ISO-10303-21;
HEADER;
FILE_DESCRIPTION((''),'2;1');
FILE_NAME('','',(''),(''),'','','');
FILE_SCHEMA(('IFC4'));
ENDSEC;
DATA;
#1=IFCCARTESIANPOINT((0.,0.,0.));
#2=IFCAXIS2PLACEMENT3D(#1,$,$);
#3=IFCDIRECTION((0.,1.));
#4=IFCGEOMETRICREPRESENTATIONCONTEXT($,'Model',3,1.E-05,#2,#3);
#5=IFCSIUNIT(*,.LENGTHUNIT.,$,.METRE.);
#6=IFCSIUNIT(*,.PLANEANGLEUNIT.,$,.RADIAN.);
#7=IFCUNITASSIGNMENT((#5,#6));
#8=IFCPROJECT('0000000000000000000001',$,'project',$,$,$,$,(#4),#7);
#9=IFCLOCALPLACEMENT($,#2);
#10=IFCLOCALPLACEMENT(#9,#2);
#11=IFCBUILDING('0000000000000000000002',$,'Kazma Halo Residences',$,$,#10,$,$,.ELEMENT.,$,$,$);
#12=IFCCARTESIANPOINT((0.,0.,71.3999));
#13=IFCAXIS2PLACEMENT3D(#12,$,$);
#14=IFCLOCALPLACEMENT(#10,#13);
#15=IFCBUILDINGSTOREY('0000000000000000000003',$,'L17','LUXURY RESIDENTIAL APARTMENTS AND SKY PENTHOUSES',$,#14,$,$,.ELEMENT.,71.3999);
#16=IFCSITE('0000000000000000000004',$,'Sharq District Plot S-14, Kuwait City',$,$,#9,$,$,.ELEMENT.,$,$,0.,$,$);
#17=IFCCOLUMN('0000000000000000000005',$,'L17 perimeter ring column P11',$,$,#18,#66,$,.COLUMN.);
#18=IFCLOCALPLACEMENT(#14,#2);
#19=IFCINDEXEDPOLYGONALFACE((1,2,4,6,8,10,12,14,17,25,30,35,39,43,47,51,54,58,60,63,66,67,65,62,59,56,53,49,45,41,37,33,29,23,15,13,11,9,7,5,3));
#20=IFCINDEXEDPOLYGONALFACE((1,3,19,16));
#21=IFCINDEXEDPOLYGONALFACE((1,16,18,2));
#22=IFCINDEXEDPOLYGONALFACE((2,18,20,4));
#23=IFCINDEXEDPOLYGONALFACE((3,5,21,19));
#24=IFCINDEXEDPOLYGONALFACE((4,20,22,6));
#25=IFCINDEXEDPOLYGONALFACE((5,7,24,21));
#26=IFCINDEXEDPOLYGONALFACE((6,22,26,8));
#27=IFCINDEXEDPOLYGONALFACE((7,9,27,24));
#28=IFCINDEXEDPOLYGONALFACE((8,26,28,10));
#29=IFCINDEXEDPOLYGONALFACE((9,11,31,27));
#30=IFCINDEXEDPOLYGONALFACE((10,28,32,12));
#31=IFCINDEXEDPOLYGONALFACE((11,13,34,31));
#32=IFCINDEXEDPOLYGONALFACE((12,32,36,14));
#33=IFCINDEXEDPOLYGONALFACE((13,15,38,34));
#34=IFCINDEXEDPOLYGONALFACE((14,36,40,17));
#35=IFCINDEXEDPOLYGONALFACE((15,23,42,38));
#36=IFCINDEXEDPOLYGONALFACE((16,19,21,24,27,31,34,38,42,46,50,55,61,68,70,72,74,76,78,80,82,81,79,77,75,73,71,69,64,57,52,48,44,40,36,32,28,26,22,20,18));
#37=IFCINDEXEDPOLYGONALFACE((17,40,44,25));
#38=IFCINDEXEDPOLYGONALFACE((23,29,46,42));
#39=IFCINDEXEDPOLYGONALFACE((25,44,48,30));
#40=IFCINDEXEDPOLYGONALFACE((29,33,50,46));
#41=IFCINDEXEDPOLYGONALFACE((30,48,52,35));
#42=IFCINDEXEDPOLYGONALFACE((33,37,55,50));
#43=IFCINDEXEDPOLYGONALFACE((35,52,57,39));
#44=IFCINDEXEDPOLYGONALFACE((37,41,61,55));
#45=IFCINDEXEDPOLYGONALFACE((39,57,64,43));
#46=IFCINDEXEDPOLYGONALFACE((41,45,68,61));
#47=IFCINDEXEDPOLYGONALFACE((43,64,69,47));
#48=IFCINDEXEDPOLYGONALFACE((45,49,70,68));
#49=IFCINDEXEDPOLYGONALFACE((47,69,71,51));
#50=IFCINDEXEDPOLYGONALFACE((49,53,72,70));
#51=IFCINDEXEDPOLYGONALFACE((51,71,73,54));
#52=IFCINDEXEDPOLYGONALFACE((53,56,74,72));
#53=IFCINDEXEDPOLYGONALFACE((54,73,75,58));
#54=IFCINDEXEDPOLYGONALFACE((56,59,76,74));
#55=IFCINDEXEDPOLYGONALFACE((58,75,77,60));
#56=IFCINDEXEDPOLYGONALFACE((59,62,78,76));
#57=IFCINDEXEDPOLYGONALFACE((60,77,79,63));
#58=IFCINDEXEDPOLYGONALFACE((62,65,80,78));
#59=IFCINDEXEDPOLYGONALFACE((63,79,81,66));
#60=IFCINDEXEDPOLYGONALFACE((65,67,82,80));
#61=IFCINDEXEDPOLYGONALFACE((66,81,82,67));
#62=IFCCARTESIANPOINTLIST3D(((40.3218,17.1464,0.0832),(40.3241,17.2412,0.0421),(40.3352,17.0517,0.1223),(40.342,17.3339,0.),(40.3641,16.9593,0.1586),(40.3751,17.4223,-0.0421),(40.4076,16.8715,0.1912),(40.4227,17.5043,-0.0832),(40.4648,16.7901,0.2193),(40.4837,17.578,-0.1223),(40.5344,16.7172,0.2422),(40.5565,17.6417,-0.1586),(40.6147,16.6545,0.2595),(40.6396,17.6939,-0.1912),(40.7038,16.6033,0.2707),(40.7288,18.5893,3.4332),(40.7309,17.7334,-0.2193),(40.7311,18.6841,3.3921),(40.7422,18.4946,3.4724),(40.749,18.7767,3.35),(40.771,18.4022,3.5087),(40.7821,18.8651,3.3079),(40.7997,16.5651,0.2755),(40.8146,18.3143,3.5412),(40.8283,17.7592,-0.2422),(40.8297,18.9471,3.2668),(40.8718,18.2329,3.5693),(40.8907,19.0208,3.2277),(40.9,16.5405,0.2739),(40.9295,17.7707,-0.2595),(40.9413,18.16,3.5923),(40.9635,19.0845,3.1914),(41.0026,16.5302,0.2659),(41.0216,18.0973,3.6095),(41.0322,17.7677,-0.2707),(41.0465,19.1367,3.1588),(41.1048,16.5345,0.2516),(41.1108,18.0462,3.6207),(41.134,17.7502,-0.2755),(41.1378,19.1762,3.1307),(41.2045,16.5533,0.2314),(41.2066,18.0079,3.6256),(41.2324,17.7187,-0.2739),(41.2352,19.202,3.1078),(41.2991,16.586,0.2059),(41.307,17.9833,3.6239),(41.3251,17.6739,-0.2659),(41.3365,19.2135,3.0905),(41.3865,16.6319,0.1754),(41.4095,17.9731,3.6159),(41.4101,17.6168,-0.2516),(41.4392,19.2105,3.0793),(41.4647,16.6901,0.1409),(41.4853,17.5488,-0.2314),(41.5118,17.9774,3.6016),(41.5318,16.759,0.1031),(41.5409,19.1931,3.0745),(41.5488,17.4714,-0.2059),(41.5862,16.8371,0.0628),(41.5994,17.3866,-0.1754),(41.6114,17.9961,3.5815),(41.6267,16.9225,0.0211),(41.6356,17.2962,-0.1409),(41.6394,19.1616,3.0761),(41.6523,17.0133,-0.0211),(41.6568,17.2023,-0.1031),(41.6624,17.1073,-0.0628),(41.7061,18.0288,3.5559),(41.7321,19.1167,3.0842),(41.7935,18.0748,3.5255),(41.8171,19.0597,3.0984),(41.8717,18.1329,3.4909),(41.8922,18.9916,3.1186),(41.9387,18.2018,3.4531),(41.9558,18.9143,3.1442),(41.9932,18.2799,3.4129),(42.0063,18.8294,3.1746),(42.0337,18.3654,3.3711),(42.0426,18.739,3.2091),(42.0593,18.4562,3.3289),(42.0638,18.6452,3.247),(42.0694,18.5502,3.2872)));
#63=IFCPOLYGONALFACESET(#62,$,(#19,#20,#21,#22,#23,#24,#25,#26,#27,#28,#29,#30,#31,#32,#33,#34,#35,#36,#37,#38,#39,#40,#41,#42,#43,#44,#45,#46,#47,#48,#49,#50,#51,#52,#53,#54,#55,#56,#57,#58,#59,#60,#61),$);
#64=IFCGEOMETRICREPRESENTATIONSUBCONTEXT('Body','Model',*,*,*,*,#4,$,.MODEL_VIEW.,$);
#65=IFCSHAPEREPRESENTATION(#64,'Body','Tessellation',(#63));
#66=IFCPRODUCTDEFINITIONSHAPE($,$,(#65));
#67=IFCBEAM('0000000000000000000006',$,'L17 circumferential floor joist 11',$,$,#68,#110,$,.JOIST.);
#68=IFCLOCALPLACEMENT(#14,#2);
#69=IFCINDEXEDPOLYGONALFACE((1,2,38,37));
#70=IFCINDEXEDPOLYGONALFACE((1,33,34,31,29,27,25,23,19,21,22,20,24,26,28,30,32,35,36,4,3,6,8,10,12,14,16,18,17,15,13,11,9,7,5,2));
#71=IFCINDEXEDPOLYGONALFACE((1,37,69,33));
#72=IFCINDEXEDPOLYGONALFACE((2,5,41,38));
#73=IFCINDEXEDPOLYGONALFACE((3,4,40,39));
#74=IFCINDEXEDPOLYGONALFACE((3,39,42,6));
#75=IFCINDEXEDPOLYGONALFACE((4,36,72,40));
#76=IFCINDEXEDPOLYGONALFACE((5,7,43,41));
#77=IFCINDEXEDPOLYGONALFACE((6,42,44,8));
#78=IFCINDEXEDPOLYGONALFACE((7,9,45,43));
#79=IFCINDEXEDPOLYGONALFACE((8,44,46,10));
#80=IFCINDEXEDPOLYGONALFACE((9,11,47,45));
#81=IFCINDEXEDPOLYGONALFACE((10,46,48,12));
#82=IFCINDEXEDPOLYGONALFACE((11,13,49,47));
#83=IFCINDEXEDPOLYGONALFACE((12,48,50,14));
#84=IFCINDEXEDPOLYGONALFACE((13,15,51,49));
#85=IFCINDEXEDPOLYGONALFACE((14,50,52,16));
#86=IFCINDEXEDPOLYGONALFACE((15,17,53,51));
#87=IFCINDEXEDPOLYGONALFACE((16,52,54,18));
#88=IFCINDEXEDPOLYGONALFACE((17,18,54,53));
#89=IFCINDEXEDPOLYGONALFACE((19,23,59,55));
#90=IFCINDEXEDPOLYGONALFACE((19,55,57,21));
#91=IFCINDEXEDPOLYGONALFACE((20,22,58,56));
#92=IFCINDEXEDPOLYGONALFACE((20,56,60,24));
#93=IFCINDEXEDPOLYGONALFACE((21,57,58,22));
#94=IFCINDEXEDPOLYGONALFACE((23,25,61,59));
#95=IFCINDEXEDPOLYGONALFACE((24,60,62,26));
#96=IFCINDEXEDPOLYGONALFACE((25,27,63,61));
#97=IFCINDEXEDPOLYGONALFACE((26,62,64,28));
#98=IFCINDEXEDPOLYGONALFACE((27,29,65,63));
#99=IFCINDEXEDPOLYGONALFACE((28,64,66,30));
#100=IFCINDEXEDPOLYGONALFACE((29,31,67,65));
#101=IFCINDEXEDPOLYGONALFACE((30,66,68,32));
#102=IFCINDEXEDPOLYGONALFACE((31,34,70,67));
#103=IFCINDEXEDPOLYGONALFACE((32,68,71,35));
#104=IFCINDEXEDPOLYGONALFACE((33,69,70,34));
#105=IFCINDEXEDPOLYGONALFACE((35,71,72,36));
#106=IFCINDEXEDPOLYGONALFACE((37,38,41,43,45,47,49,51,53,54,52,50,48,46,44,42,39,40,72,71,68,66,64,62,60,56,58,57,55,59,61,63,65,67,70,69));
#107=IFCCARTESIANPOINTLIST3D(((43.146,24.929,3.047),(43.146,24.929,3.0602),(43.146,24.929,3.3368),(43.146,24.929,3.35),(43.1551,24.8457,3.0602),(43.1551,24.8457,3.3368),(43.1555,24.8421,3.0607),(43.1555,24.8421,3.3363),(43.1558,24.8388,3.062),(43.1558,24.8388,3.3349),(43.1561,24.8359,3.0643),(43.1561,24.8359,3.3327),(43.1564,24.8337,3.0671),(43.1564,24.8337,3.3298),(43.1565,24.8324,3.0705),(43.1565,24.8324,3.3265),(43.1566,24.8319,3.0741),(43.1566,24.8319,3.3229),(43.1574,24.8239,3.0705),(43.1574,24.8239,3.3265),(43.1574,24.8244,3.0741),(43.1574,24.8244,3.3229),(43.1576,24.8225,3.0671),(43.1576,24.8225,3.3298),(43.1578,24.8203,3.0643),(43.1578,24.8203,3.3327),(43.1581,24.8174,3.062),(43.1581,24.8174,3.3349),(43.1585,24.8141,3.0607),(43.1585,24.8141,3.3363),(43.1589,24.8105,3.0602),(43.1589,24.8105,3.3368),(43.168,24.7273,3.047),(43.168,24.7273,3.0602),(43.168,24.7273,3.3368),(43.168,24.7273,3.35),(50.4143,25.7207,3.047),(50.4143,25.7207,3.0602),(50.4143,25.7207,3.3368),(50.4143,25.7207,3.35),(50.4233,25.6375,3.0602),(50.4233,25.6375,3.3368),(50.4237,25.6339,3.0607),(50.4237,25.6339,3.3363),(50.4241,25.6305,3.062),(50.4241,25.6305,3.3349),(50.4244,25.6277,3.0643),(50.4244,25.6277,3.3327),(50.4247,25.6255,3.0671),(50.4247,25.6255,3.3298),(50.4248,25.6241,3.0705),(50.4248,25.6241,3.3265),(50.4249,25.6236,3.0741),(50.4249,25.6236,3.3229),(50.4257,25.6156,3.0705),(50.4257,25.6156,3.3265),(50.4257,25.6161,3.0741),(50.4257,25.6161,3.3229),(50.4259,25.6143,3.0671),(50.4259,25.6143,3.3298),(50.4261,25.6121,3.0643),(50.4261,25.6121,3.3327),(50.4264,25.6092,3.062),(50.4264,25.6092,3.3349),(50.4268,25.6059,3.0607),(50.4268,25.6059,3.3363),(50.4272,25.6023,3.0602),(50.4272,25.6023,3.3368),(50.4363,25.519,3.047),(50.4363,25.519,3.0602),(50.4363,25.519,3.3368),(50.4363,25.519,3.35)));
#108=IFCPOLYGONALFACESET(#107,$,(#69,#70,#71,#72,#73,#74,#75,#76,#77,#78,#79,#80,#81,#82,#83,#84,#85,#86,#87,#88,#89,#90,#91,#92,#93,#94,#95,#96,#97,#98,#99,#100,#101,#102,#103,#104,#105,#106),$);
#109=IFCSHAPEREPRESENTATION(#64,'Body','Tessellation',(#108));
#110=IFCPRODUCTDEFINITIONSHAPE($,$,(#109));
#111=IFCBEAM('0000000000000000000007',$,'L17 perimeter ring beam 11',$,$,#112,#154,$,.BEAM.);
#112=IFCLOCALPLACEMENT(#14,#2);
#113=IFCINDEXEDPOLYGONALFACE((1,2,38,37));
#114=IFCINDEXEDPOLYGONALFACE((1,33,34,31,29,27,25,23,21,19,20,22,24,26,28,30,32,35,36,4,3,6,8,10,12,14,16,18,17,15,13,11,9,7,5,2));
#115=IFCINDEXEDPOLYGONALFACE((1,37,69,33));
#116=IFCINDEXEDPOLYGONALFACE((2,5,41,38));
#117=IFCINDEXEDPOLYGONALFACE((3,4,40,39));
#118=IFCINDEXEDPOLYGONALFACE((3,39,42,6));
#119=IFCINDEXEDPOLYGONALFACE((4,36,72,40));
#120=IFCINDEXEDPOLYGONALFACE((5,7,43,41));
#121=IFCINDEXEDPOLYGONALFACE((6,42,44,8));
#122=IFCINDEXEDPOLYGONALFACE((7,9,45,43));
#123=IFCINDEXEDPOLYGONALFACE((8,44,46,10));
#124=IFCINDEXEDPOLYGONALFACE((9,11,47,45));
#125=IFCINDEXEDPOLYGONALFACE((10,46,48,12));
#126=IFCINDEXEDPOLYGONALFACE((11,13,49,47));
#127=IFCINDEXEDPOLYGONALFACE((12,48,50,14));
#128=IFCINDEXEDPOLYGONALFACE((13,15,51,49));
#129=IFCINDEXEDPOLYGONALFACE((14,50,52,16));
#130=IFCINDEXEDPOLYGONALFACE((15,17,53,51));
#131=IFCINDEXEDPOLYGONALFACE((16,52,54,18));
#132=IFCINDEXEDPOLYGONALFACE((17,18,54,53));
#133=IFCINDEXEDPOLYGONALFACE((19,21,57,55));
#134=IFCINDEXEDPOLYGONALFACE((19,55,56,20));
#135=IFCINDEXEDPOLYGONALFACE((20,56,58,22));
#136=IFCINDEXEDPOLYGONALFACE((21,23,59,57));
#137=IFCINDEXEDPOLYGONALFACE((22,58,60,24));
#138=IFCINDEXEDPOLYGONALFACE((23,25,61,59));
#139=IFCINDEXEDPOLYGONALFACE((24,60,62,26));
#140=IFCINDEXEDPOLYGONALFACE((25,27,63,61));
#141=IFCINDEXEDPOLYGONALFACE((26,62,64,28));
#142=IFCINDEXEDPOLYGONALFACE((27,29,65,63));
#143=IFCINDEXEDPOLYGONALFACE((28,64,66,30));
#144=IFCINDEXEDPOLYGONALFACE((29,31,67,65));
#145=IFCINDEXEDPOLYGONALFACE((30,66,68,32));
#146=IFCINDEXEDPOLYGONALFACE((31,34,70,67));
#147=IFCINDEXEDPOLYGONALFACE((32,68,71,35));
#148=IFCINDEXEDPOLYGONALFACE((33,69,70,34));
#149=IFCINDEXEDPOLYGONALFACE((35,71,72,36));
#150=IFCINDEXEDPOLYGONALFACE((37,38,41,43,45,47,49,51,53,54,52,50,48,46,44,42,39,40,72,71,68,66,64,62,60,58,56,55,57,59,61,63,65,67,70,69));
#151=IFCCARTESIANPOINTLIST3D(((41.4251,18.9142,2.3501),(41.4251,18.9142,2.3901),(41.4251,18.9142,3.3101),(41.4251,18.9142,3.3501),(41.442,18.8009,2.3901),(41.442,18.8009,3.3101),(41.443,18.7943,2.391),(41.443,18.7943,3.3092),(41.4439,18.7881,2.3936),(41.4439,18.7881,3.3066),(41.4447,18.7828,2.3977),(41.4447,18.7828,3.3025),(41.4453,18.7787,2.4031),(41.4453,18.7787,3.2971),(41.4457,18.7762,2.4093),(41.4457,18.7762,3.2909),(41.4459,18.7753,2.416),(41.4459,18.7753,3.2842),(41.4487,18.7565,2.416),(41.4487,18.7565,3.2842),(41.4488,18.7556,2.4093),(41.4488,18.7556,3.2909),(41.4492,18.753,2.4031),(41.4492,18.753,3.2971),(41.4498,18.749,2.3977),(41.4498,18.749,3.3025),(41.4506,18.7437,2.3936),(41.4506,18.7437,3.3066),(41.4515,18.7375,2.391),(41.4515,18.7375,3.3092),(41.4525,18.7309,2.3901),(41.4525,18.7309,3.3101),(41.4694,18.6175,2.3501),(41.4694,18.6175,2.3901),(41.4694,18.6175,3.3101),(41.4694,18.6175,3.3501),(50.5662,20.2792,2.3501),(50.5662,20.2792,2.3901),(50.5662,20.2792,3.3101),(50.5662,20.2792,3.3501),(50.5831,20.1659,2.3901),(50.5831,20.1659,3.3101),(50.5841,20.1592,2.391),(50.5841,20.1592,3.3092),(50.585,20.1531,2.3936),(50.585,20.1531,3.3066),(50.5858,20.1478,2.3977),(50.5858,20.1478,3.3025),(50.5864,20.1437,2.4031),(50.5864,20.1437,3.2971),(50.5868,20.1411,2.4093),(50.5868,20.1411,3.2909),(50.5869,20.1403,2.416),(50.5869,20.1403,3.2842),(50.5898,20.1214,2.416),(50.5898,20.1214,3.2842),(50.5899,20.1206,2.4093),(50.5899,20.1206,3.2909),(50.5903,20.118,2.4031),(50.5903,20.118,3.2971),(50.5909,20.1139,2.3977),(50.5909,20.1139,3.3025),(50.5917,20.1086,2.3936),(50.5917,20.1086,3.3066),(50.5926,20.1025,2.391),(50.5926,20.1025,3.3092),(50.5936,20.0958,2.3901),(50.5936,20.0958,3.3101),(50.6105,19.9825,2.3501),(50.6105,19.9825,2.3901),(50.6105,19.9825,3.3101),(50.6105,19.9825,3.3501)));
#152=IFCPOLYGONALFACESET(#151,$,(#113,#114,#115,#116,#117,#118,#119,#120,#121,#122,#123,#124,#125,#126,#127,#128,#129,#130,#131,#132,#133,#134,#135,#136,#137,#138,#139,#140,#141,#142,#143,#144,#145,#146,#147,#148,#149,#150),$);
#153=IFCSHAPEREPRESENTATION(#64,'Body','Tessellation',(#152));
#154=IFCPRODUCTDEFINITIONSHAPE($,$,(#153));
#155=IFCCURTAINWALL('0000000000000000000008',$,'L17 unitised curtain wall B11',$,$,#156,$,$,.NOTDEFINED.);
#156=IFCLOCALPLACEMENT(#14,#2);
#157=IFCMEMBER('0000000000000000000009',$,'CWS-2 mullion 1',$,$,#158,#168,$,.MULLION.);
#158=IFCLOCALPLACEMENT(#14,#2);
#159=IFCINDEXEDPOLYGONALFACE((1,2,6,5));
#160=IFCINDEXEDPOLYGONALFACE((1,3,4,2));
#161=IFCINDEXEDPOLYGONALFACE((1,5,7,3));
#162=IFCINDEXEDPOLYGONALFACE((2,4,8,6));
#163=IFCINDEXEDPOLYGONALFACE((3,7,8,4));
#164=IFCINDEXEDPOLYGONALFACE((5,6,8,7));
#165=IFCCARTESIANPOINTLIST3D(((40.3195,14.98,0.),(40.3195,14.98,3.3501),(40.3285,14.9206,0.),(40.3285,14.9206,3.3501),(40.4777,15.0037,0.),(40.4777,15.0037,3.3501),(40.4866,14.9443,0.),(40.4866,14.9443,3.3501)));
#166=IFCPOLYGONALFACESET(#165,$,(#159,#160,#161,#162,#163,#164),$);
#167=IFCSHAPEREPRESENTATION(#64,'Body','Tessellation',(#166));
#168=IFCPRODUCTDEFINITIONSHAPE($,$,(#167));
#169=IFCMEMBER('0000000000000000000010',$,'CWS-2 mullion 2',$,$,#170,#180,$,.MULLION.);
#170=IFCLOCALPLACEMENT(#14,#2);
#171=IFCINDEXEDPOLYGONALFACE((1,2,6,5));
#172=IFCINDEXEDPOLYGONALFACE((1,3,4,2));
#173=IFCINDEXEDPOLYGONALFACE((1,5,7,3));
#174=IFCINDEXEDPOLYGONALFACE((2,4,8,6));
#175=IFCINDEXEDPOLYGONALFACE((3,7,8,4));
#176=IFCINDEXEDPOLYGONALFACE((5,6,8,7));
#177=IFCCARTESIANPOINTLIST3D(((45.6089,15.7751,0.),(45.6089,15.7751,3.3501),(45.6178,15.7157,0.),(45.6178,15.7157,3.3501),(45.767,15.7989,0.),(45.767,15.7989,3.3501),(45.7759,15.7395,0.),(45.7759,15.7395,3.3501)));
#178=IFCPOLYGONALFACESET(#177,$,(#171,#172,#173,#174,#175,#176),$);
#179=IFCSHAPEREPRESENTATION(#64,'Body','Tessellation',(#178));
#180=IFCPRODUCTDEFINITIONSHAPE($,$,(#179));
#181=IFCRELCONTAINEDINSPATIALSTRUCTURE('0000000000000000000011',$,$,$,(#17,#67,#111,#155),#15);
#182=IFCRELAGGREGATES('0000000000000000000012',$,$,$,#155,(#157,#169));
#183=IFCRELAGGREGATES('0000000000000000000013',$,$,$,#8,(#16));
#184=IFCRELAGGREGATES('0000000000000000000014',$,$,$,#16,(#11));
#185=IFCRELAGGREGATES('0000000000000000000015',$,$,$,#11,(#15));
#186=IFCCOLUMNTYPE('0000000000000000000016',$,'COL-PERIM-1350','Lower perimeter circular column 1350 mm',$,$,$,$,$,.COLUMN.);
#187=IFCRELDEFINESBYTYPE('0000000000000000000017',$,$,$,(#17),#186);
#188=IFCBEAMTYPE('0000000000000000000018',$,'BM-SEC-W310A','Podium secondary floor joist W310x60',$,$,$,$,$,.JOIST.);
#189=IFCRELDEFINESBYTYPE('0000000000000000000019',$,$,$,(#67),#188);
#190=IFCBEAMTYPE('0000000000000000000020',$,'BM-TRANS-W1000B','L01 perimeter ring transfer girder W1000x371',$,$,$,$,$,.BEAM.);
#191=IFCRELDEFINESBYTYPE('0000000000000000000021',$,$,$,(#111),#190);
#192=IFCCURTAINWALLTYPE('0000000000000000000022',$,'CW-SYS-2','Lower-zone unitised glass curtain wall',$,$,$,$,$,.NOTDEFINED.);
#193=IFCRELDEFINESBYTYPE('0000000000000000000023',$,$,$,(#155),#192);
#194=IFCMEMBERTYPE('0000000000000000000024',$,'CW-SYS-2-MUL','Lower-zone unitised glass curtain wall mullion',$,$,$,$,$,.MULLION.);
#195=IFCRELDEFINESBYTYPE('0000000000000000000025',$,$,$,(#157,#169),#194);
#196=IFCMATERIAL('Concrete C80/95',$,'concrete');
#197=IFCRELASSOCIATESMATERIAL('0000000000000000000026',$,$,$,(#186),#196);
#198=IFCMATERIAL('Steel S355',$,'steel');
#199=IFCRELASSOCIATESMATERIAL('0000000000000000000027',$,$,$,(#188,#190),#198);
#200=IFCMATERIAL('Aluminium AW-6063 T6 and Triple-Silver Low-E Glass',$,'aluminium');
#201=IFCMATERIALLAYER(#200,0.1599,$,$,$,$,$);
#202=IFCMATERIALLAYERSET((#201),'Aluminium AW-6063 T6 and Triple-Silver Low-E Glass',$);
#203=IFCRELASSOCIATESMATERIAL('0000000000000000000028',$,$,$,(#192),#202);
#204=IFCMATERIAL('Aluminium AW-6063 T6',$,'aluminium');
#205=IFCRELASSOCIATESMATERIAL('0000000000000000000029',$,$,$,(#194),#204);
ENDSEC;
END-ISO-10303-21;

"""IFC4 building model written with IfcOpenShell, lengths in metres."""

from ifc_helpers import new_model, si_unit, direction, frame, origin, origin_2d, place, context, subcontext, project, spatial, rectangle, circle, i_section, extrude, material, layer, layer_set, material_profile, profile_set, type_object, element, aggregate, save


model = new_model("IFC4")

# Units and contexts
model_context = context("Model", 3, precision=1e-05, world=origin(), true_north=direction((0.0, 1.0)))
body_context = subcontext(model_context, "Body", "Model", "MODEL_VIEW")
ifc_project = project(units=[si_unit("LENGTHUNIT", "METRE"), si_unit("PLANEANGLEUNIT", "RADIAN")], contexts=[model_context])

# Site, building, storey
site_placement = place(None, origin())
site = spatial("IfcSite", under=ifc_project, at=site_placement, Name="Sharq District Plot S-14, Kuwait City", CompositionType="ELEMENT", RefElevation=0.0)
building_placement = place(site_placement, origin())
building = spatial("IfcBuilding", under=site, at=building_placement, Name="Kazma Halo Residences", CompositionType="ELEMENT")
storey_placement = place(building_placement, frame((0.0, 0.0, 71.3999)))
storey = spatial("IfcBuildingStorey", under=building, at=storey_placement, Name="L17", Description="LUXURY RESIDENTIAL APARTMENTS AND SKY PENTHOUSES", CompositionType="ELEMENT", Elevation=71.3999)

# Column
ifc_material_1 = material(Name="Concrete C80/95", Category="concrete")
ifc_material_profile_1 = material_profile(ifc_material_1, circle(Radius=0.675, at=origin_2d()), Name="CIRC1350")
ifc_profile_set_1 = profile_set([ifc_material_profile_1], Name="Concrete C80/95")
column_type = type_object("IfcColumnType", Name="COL-PERIM-1350", Description="Lower perimeter circular column 1350 mm", PredefinedType="COLUMN", material=ifc_profile_set_1)
column_placement = place(storey_placement, frame((40.9917, 17.1506, 0.0), z_axis=(0.110887, 0.393127, 0.912773), x_axis=(-0.962446, 0.271472, 0.0)))
element("IfcColumn", 1, at=column_placement, inside=storey, type_object=column_type, Name="L17 perimeter ring column P11", PredefinedType="COLUMN", context=body_context, shape_type="SweptSolid", body=[
    extrude(circle(Radius=0.675, at=origin_2d()), origin(), (0.0, 0.0, 1.0), 3.6702),
])

# Beams
ifc_material_2 = material(Name="Steel S355", Category="steel")
ifc_material_profile_2 = material_profile(ifc_material_2, i_section(OverallWidth=0.2029, OverallDepth=0.303, WebThickness=0.0076, FlangeThickness=0.0132, FilletRadius=0.0139, at=origin_2d()), Name="W310x60")
ifc_profile_set_2 = profile_set([ifc_material_profile_2], Name="Steel S355")
beam_type_1 = type_object("IfcBeamType", Name="BM-SEC-W310A", Description="Podium secondary floor joist W310x60", PredefinedType="JOIST", material=ifc_profile_set_2)
beam_1_placement = place(storey_placement, frame((43.157, 24.8281, 3.1985), z_axis=(0.994119, 0.108291, 0.0), x_axis=(-0.108291, 0.994119, 0.0)))
element("IfcBeam", 2, at=beam_1_placement, inside=storey, type_object=beam_type_1, Name="L17 circumferential floor joist 11", PredefinedType="JOIST", context=body_context, shape_type="SweptSolid", body=[
    extrude(i_section(OverallWidth=0.2029, OverallDepth=0.303, WebThickness=0.0076, FlangeThickness=0.0132, FilletRadius=0.0139, at=origin_2d()), origin(), (0.0, 0.0, 1.0), 7.3113),
])
ifc_material_profile_3 = material_profile(ifc_material_2, i_section(OverallWidth=0.3, OverallDepth=1.0, WebThickness=0.019, FlangeThickness=0.04, FilletRadius=0.0259, at=origin_2d()), Name="W1000x371")
ifc_profile_set_3 = profile_set([ifc_material_profile_3], Name="Steel S355")
beam_type_2 = type_object("IfcBeamType", Name="BM-TRANS-W1000B", Description="L01 perimeter ring transfer girder W1000x371", PredefinedType="BEAM", material=ifc_profile_set_3)
beam_2_placement = place(storey_placement, frame((41.4473, 18.7659, 2.8501), z_axis=(0.989034, 0.147687, 0.0), x_axis=(-0.147687, 0.989034, 0.0)))
element("IfcBeam", 3, at=beam_2_placement, inside=storey, type_object=beam_type_2, Name="L17 perimeter ring beam 11", PredefinedType="BEAM", context=body_context, shape_type="SweptSolid", body=[
    extrude(i_section(OverallWidth=0.3, OverallDepth=1.0, WebThickness=0.019, FlangeThickness=0.04, FilletRadius=0.0259, at=origin_2d()), origin(), (0.0, 0.0, 1.0), 9.2424),
])

# Curtain wall, members
ifc_material_3 = material(Name="Aluminium AW-6063 T6 and Triple-Silver Low-E Glass", Category="aluminium")
ifc_layer_1 = layer(ifc_material_3, 0.1599)
ifc_layer_set_1 = layer_set([ifc_layer_1], Name="Aluminium AW-6063 T6 and Triple-Silver Low-E Glass")
curtain_wall_type = type_object("IfcCurtainWallType", Name="CW-SYS-2", Description="Lower-zone unitised glass curtain wall", PredefinedType="NOTDEFINED", material=ifc_layer_set_1)
curtain_wall_placement = place(storey_placement, origin())
curtain_wall = element("IfcCurtainWall", 4, at=curtain_wall_placement, inside=storey, type_object=curtain_wall_type, Name="L17 unitised curtain wall B11", PredefinedType="NOTDEFINED")
ifc_material_4 = material(Name="Aluminium AW-6063 T6", Category="aluminium")
ifc_material_profile_4 = material_profile(ifc_material_4, rectangle(XDim=0.0601, YDim=0.1599, at=origin_2d()), Name="CWM-60x160")
ifc_profile_set_4 = profile_set([ifc_material_profile_4], Name="Aluminium AW-6063 T6")
member_type_1 = type_object("IfcMemberType", Name="CW-SYS-2-MUL", Description="Lower-zone unitised glass curtain wall mullion", PredefinedType="MULLION", material=ifc_profile_set_4)
member_1_placement = place(storey_placement, frame((40.4031, 14.9622, 0.0), z_axis=(0.0, 0.0, 1.0), x_axis=(-0.148657, 0.988889, 0.0)))
member_1 = element("IfcMember", 5, at=member_1_placement, type_object=member_type_1, Name="CWS-2 mullion 1", PredefinedType="MULLION", context=body_context, shape_type="SweptSolid", body=[
    extrude(rectangle(XDim=0.0601, YDim=0.1599, at=origin_2d()), origin(), (0.0, 0.0, 1.0), 3.3501),
])
member_2_placement = place(storey_placement, frame((45.6924, 15.7573, 0.0), z_axis=(0.0, 0.0, 1.0), x_axis=(-0.148657, 0.988889, 0.0)))
member_2 = element("IfcMember", 6, at=member_2_placement, type_object=member_type_1, Name="CWS-2 mullion 2", PredefinedType="MULLION", context=body_context, shape_type="SweptSolid", body=[
    extrude(rectangle(XDim=0.0601, YDim=0.1599, at=origin_2d()), origin(), (0.0, 0.0, 1.0), 3.3501),
])
aggregate(curtain_wall, [member_1, member_2])

save(model, "model.ifc")
